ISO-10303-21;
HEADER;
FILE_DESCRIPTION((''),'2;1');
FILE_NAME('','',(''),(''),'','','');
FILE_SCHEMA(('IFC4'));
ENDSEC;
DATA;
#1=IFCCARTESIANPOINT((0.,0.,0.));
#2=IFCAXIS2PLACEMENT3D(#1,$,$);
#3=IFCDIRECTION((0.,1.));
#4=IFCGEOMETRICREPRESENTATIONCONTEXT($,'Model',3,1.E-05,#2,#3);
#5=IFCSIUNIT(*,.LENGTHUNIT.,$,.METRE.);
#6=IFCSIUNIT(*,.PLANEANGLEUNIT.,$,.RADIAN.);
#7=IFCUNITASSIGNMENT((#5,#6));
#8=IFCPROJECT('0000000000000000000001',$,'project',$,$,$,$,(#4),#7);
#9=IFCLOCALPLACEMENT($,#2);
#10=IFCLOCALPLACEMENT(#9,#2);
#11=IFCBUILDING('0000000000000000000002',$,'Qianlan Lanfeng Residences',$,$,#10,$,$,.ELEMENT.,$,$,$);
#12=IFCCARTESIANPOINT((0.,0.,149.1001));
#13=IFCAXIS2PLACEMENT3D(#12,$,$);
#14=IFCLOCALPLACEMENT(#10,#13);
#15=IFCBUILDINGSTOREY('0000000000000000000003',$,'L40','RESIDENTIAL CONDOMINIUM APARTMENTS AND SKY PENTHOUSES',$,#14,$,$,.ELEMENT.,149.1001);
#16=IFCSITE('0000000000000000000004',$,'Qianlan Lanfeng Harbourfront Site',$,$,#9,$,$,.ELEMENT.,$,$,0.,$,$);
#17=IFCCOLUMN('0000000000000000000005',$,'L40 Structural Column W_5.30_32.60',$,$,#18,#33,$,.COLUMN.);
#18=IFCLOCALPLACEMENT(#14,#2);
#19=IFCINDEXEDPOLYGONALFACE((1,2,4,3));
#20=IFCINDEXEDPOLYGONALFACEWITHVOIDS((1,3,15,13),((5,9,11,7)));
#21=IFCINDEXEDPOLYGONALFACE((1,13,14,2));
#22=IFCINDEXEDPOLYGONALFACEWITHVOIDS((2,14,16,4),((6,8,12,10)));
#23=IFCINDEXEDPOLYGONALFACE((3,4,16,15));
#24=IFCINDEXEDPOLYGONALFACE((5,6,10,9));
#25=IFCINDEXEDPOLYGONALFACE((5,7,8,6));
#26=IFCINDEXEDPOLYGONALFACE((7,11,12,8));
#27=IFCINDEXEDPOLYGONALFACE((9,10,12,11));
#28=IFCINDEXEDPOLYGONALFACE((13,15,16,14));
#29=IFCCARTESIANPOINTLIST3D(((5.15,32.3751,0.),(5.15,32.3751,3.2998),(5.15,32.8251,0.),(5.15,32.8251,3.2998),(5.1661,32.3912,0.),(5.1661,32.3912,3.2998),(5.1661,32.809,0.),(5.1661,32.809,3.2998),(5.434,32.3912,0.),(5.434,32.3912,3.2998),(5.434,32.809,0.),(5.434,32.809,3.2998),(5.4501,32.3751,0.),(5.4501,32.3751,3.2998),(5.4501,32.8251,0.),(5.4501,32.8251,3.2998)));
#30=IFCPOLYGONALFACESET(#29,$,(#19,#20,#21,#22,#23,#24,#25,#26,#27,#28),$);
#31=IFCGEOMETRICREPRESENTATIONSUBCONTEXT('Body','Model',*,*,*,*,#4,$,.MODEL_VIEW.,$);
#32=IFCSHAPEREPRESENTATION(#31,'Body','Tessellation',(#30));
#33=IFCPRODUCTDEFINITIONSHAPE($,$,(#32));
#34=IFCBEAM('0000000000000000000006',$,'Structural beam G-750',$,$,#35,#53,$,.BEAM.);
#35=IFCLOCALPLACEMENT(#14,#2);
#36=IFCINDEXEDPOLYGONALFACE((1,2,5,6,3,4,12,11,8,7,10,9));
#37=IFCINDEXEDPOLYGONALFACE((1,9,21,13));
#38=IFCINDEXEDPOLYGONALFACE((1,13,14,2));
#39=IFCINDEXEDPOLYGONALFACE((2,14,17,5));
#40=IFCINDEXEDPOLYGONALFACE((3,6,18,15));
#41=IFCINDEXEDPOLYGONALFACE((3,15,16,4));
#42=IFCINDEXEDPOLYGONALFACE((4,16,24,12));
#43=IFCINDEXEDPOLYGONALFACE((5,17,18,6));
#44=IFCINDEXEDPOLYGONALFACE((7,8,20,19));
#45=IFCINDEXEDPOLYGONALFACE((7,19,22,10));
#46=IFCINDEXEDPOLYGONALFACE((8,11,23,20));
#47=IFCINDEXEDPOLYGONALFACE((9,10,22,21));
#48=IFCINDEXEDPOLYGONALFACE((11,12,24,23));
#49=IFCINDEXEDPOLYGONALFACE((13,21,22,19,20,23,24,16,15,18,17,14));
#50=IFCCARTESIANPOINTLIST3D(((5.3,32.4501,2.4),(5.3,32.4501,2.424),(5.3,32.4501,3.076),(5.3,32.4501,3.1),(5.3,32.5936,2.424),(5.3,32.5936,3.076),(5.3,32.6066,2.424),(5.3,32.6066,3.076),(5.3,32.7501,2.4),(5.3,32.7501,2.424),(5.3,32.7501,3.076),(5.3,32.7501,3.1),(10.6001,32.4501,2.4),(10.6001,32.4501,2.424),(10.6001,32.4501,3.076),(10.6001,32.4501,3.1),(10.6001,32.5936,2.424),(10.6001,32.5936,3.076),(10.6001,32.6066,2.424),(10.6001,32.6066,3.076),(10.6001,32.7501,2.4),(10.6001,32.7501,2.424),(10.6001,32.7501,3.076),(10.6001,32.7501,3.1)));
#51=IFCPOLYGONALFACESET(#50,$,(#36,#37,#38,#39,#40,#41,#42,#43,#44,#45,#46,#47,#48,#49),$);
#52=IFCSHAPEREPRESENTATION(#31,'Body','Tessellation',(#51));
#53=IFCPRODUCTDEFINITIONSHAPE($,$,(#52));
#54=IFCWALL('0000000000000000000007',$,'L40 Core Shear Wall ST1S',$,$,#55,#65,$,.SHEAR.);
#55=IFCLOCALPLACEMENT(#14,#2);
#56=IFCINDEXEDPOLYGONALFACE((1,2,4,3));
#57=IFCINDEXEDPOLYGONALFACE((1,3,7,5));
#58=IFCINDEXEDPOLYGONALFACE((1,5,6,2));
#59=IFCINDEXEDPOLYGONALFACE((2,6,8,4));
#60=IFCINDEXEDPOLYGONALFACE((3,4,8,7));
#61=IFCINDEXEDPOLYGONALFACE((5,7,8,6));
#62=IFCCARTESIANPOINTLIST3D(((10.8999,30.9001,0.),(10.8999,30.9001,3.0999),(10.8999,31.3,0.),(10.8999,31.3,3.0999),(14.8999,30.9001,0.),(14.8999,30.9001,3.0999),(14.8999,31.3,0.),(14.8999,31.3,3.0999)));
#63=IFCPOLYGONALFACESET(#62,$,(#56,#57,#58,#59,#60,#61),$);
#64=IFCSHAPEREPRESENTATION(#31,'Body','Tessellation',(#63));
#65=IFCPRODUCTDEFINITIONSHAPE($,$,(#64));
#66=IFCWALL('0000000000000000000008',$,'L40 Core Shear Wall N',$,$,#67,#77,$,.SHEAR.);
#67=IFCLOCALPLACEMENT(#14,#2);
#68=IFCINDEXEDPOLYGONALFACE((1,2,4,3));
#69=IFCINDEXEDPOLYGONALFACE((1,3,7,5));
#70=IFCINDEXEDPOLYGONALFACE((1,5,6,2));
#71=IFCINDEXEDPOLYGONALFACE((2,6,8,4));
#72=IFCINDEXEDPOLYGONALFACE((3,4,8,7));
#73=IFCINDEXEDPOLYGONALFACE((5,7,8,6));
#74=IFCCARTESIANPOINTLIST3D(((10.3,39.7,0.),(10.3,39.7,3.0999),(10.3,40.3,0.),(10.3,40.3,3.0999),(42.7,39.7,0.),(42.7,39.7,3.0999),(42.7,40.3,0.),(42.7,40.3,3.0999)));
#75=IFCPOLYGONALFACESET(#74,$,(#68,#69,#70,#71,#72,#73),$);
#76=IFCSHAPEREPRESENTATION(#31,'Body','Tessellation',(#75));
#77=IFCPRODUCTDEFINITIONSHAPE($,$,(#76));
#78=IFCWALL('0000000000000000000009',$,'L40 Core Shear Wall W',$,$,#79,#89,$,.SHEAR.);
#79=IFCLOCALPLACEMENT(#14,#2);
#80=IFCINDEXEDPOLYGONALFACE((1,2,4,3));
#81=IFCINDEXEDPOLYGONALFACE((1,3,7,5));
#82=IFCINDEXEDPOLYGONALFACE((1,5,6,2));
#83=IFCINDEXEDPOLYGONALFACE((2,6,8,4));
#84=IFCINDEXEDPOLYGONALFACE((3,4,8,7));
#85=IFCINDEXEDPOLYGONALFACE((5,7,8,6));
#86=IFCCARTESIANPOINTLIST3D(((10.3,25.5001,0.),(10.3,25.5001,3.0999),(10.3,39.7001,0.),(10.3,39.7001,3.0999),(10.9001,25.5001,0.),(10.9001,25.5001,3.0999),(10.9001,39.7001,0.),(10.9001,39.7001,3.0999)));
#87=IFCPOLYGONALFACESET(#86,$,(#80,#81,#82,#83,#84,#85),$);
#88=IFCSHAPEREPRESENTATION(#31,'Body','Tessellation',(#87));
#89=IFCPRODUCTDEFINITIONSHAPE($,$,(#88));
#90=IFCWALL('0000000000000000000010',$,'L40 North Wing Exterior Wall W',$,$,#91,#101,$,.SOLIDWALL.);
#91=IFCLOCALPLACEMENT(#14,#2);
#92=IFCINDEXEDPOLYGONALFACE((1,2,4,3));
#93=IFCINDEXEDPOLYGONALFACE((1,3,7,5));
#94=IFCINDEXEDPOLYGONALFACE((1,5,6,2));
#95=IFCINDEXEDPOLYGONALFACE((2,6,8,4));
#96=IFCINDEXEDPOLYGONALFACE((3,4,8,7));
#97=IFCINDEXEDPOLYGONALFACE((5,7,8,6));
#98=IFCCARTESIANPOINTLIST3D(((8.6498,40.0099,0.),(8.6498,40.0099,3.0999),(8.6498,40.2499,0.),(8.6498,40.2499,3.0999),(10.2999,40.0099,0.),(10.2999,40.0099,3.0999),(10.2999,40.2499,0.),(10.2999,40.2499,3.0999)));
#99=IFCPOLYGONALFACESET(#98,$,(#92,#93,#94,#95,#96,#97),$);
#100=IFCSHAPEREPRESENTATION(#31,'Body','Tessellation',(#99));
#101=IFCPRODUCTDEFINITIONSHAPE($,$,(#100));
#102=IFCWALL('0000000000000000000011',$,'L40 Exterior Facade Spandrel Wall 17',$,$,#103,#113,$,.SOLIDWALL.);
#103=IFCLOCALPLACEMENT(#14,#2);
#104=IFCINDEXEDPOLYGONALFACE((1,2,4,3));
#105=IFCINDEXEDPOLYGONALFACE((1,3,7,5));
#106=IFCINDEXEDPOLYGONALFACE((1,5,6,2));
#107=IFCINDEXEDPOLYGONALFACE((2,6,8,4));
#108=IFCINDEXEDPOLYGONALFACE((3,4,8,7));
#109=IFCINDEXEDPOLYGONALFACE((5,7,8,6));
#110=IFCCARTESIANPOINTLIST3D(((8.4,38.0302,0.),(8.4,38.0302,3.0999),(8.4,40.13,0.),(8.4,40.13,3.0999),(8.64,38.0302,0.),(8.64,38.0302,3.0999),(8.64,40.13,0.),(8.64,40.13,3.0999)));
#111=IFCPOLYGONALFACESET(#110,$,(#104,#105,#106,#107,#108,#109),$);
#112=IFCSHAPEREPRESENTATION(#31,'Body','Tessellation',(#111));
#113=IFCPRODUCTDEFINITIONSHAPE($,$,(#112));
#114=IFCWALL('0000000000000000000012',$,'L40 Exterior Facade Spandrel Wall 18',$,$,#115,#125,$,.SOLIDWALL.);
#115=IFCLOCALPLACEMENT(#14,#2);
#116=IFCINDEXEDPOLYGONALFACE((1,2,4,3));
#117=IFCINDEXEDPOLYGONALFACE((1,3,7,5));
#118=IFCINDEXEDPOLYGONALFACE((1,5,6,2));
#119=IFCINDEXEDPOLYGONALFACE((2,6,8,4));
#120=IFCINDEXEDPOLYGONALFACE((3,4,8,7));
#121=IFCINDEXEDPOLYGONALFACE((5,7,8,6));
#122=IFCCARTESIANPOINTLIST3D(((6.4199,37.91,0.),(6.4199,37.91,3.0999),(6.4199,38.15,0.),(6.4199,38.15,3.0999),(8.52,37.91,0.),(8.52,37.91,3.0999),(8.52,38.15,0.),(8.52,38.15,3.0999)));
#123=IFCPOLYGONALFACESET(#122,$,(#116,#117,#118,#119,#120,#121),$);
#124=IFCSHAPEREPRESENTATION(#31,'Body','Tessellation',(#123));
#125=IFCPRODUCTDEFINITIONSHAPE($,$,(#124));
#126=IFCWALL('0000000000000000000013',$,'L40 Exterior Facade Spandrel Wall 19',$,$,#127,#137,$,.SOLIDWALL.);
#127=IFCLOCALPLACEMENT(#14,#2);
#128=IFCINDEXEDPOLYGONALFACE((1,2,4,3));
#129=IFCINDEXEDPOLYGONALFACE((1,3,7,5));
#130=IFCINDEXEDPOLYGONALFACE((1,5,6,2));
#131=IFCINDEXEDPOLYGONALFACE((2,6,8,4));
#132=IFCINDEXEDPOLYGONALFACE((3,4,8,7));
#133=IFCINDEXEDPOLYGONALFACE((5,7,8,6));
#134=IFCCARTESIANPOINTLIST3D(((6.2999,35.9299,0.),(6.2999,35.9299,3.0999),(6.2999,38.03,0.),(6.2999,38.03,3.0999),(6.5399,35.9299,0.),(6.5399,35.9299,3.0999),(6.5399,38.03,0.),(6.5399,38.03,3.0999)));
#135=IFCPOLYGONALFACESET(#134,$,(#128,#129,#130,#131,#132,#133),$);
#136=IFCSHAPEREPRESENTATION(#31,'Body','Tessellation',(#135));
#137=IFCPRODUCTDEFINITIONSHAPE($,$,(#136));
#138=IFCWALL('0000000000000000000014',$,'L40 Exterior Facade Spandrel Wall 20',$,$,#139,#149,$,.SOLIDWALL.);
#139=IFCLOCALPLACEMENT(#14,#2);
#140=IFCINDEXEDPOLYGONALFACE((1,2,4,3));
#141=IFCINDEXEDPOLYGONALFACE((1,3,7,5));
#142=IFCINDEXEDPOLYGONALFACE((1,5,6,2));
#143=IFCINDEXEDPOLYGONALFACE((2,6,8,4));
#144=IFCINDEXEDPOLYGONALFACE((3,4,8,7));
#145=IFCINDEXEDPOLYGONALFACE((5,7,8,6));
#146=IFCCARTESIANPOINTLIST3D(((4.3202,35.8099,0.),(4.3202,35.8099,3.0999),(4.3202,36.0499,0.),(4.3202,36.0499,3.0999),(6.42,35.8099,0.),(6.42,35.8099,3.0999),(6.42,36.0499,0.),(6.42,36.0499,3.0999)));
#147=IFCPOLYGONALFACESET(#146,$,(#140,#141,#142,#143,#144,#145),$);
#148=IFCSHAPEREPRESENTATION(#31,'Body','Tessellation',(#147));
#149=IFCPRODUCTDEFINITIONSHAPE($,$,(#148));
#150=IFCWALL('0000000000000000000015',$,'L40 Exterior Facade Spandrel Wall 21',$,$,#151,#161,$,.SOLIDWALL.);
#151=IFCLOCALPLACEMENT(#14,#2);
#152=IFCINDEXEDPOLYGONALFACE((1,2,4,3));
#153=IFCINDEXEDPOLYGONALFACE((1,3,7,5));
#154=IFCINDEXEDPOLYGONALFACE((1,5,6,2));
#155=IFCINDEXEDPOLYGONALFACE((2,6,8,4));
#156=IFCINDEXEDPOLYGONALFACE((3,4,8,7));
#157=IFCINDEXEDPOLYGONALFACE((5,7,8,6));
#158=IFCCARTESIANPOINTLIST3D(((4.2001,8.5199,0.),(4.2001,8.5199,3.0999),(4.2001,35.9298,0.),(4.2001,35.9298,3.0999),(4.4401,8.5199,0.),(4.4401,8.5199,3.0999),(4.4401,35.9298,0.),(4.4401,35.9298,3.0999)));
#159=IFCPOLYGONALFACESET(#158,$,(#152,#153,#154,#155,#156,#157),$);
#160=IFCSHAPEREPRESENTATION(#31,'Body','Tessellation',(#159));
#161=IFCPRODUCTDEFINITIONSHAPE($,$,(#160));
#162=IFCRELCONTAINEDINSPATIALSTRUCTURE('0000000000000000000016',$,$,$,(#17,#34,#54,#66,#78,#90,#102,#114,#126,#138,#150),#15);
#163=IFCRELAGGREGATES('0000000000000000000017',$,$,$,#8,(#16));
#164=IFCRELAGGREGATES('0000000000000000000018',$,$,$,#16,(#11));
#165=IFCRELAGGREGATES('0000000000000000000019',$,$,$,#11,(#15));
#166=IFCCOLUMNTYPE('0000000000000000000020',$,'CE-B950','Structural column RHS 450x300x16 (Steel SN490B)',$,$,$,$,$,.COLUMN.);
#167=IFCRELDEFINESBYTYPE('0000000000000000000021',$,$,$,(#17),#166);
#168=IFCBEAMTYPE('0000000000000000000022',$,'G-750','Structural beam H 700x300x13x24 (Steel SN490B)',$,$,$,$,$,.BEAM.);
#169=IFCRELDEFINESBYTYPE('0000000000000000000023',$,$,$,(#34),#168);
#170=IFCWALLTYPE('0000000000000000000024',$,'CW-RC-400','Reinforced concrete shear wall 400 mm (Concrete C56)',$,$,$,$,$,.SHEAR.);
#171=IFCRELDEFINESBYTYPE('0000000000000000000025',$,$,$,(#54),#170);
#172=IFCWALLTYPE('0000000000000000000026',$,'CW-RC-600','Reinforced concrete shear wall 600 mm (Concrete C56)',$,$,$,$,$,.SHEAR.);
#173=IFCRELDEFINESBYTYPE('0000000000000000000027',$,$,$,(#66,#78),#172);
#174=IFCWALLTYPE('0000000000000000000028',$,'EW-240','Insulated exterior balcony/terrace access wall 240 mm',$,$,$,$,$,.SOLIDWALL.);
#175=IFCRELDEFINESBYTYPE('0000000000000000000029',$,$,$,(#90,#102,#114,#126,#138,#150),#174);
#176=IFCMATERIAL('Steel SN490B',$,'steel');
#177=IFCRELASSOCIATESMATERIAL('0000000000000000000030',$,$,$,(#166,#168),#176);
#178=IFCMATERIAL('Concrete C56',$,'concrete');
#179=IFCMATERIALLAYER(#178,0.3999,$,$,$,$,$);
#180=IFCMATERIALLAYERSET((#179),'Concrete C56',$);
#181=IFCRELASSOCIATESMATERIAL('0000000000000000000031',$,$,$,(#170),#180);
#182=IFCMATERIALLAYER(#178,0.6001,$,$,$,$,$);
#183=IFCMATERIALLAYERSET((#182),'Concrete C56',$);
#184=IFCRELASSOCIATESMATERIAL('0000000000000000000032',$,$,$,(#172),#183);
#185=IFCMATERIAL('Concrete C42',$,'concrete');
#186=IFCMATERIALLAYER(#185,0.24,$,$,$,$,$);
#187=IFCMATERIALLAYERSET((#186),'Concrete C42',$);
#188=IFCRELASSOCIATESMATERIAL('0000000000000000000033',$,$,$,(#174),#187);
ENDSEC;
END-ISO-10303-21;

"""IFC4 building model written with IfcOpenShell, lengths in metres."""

from ifc_helpers import new_model, si_unit, direction, frame, frame_2d, origin, origin_2d, place, context, subcontext, project, spatial, rectangle, hollow_rectangle, i_section, extrude, material, layer, layer_set, material_profile, profile_set, type_object, element, save


model = new_model("IFC4")

# Units and contexts
model_context = context("Model", 3, precision=1e-05, world=origin(), true_north=direction((0.0, 1.0)))
body_context = subcontext(model_context, "Body", "Model", "MODEL_VIEW")
ifc_project = project(units=[si_unit("LENGTHUNIT", "METRE"), si_unit("PLANEANGLEUNIT", "RADIAN")], contexts=[model_context])

# Site, building, storey
site_placement = place(None, origin())
site = spatial("IfcSite", under=ifc_project, at=site_placement, Name="Qianlan Lanfeng Harbourfront Site", CompositionType="ELEMENT", RefElevation=0.0)
building_placement = place(site_placement, origin())
building = spatial("IfcBuilding", under=site, at=building_placement, Name="Qianlan Lanfeng Residences", CompositionType="ELEMENT")
storey_placement = place(building_placement, frame((0.0, 0.0, 149.1001)))
storey = spatial("IfcBuildingStorey", under=building, at=storey_placement, Name="L40", Description="RESIDENTIAL CONDOMINIUM APARTMENTS AND SKY PENTHOUSES", CompositionType="ELEMENT", Elevation=149.1001)

# Column
ifc_material_1 = material(Name="Steel SN490B", Category="steel")
ifc_material_profile_1 = material_profile(ifc_material_1, hollow_rectangle(XDim=0.3, YDim=0.45, WallThickness=0.0161, at=origin_2d()), Name="RHS 450x300x16")
ifc_profile_set_1 = profile_set([ifc_material_profile_1], Name="Steel SN490B")
column_type = type_object("IfcColumnType", Name="CE-B950", Description="Structural column RHS 450x300x16 (Steel SN490B)", PredefinedType="COLUMN", material=ifc_profile_set_1)
column_placement = place(storey_placement, frame((5.3, 32.6001, 0.0), z_axis=(0.0, 0.0, 1.0), x_axis=(1.0, 0.0, 0.0)))
element("IfcColumn", 1, at=column_placement, inside=storey, type_object=column_type, Name="L40 Structural Column W_5.30_32.60", PredefinedType="COLUMN", context=body_context, shape_type="SweptSolid", body=[
    extrude(hollow_rectangle(XDim=0.3, YDim=0.45, WallThickness=0.0161, at=origin_2d()), origin(), (0.0, 0.0, 1.0), 3.2998),
])

# Beam
ifc_material_profile_2 = material_profile(ifc_material_1, i_section(OverallWidth=0.3, OverallDepth=0.7, WebThickness=0.0129, FlangeThickness=0.0239, at=origin_2d()), Name="H 700x300x13x24")
ifc_profile_set_2 = profile_set([ifc_material_profile_2], Name="Steel SN490B")
beam_type = type_object("IfcBeamType", Name="G-750", Description="Structural beam H 700x300x13x24 (Steel SN490B)", PredefinedType="BEAM", material=ifc_profile_set_2)
beam_placement = place(storey_placement, frame((5.3, 32.6001, 2.75), z_axis=(1.0, 0.0, 0.0), x_axis=(0.0, 1.0, 0.0)))
element("IfcBeam", 2, at=beam_placement, inside=storey, type_object=beam_type, Name="Structural beam G-750", PredefinedType="BEAM", context=body_context, shape_type="SweptSolid", body=[
    extrude(i_section(OverallWidth=0.3, OverallDepth=0.7, WebThickness=0.0129, FlangeThickness=0.0239, at=origin_2d()), origin(), (0.0, 0.0, 1.0), 5.3),
])

# Walls
ifc_material_2 = material(Name="Concrete C56", Category="concrete")
ifc_layer_1 = layer(ifc_material_2, 0.3999)
ifc_layer_set_1 = layer_set([ifc_layer_1], Name="Concrete C56")
wall_type_1 = type_object("IfcWallType", Name="CW-RC-400", Description="Reinforced concrete shear wall 400 mm (Concrete C56)", PredefinedType="SHEAR", material=ifc_layer_set_1)
wall_1_placement = place(storey_placement, frame((10.8999, 31.1001, 0.0), z_axis=(0.0, 0.0, 1.0), x_axis=(1.0, 0.0, 0.0)))
element("IfcWall", 3, at=wall_1_placement, inside=storey, type_object=wall_type_1, Name="L40 Core Shear Wall ST1S", PredefinedType="SHEAR", context=body_context, shape_type="SweptSolid", body=[
    extrude(rectangle(XDim=4.0, YDim=0.3999, at=frame_2d((2.0, 0.0))), origin(), (0.0, 0.0, 1.0), 3.0999),
])
ifc_layer_2 = layer(ifc_material_2, 0.6001)
ifc_layer_set_2 = layer_set([ifc_layer_2], Name="Concrete C56")
wall_type_2 = type_object("IfcWallType", Name="CW-RC-600", Description="Reinforced concrete shear wall 600 mm (Concrete C56)", PredefinedType="SHEAR", material=ifc_layer_set_2)
wall_2_placement = place(storey_placement, frame((10.3, 40.0, 0.0), z_axis=(0.0, 0.0, 1.0), x_axis=(1.0, 0.0, 0.0)))
element("IfcWall", 4, at=wall_2_placement, inside=storey, type_object=wall_type_2, Name="L40 Core Shear Wall N", PredefinedType="SHEAR", context=body_context, shape_type="SweptSolid", body=[
    extrude(rectangle(XDim=32.3999, YDim=0.6001, at=frame_2d((16.2, 0.0))), origin(), (0.0, 0.0, 1.0), 3.0999),
])
wall_3_placement = place(storey_placement, frame((10.6001, 25.5, 0.0), z_axis=(0.0, 0.0, 1.0), x_axis=(0.0, 1.0, 0.0)))
element("IfcWall", 5, at=wall_3_placement, inside=storey, type_object=wall_type_2, Name="L40 Core Shear Wall W", PredefinedType="SHEAR", context=body_context, shape_type="SweptSolid", body=[
    extrude(rectangle(XDim=14.2, YDim=0.6001, at=frame_2d((7.1001, 0.0))), origin(), (0.0, 0.0, 1.0), 3.0999),
])
ifc_material_3 = material(Name="Concrete C42", Category="concrete")
ifc_layer_3 = layer(ifc_material_3, 0.24)
ifc_layer_set_3 = layer_set([ifc_layer_3], Name="Concrete C42")
wall_type_3 = type_object("IfcWallType", Name="EW-240", Description="Insulated exterior balcony/terrace access wall 240 mm", PredefinedType="SOLIDWALL", material=ifc_layer_set_3)
wall_4_placement = place(storey_placement, frame((10.3, 40.1299, 0.0), z_axis=(0.0, 0.0, 1.0), x_axis=(-1.0, 0.0, 0.0)))
element("IfcWall", 6, at=wall_4_placement, inside=storey, type_object=wall_type_3, Name="L40 North Wing Exterior Wall W", PredefinedType="SOLIDWALL", context=body_context, shape_type="SweptSolid", body=[
    extrude(rectangle(XDim=1.6501, YDim=0.24, at=frame_2d((0.8252, 0.0))), origin(), (0.0, 0.0, 1.0), 3.0999),
])
wall_5_placement = place(storey_placement, frame((8.52, 40.1299, 0.0), z_axis=(0.0, 0.0, 1.0), x_axis=(0.0, -1.0, 0.0)))
element("IfcWall", 7, at=wall_5_placement, inside=storey, type_object=wall_type_3, Name="L40 Exterior Facade Spandrel Wall 17", PredefinedType="SOLIDWALL", context=body_context, shape_type="SweptSolid", body=[
    extrude(rectangle(XDim=2.0999, YDim=0.24, at=frame_2d((1.0498, 0.0))), origin(), (0.0, 0.0, 1.0), 3.0999),
])
for number, where, z_axis, x_axis, name in (
    (8, (8.52, 38.03, 0.0), (0.0, 0.0, 1.0), (-1.0, 0.0, 0.0), "L40 Exterior Facade Spandrel Wall 18"),
    (9, (6.4199, 38.03, 0.0), (0.0, 0.0, 1.0), (0.0, -1.0, 0.0), "L40 Exterior Facade Spandrel Wall 19"),
):
    element("IfcWall", number, at=place(storey_placement, frame(where, z_axis=z_axis, x_axis=x_axis)), inside=storey, type_object=wall_type_3, Name=name, PredefinedType="SOLIDWALL", context=body_context, shape_type="SweptSolid", body=[
        extrude(rectangle(XDim=2.1001, YDim=0.24, at=frame_2d((1.05, 0.0))), origin(), (0.0, 0.0, 1.0), 3.0999),
    ])
wall_6_placement = place(storey_placement, frame((6.4199, 35.9299, 0.0), z_axis=(0.0, 0.0, 1.0), x_axis=(-1.0, 0.0, 0.0)))
element("IfcWall", 10, at=wall_6_placement, inside=storey, type_object=wall_type_3, Name="L40 Exterior Facade Spandrel Wall 20", PredefinedType="SOLIDWALL", context=body_context, shape_type="SweptSolid", body=[
    extrude(rectangle(XDim=2.0999, YDim=0.24, at=frame_2d((1.0498, 0.0))), origin(), (0.0, 0.0, 1.0), 3.0999),
])
wall_7_placement = place(storey_placement, frame((4.3201, 35.9299, 0.0), z_axis=(0.0, 0.0, 1.0), x_axis=(0.0, -1.0, 0.0)))
element("IfcWall", 11, at=wall_7_placement, inside=storey, type_object=wall_type_3, Name="L40 Exterior Facade Spandrel Wall 21", PredefinedType="SOLIDWALL", context=body_context, shape_type="SweptSolid", body=[
    extrude(rectangle(XDim=27.4099, YDim=0.24, at=frame_2d((13.7051, 0.0))), origin(), (0.0, 0.0, 1.0), 3.0999),
])

save(model, "model.ifc")
